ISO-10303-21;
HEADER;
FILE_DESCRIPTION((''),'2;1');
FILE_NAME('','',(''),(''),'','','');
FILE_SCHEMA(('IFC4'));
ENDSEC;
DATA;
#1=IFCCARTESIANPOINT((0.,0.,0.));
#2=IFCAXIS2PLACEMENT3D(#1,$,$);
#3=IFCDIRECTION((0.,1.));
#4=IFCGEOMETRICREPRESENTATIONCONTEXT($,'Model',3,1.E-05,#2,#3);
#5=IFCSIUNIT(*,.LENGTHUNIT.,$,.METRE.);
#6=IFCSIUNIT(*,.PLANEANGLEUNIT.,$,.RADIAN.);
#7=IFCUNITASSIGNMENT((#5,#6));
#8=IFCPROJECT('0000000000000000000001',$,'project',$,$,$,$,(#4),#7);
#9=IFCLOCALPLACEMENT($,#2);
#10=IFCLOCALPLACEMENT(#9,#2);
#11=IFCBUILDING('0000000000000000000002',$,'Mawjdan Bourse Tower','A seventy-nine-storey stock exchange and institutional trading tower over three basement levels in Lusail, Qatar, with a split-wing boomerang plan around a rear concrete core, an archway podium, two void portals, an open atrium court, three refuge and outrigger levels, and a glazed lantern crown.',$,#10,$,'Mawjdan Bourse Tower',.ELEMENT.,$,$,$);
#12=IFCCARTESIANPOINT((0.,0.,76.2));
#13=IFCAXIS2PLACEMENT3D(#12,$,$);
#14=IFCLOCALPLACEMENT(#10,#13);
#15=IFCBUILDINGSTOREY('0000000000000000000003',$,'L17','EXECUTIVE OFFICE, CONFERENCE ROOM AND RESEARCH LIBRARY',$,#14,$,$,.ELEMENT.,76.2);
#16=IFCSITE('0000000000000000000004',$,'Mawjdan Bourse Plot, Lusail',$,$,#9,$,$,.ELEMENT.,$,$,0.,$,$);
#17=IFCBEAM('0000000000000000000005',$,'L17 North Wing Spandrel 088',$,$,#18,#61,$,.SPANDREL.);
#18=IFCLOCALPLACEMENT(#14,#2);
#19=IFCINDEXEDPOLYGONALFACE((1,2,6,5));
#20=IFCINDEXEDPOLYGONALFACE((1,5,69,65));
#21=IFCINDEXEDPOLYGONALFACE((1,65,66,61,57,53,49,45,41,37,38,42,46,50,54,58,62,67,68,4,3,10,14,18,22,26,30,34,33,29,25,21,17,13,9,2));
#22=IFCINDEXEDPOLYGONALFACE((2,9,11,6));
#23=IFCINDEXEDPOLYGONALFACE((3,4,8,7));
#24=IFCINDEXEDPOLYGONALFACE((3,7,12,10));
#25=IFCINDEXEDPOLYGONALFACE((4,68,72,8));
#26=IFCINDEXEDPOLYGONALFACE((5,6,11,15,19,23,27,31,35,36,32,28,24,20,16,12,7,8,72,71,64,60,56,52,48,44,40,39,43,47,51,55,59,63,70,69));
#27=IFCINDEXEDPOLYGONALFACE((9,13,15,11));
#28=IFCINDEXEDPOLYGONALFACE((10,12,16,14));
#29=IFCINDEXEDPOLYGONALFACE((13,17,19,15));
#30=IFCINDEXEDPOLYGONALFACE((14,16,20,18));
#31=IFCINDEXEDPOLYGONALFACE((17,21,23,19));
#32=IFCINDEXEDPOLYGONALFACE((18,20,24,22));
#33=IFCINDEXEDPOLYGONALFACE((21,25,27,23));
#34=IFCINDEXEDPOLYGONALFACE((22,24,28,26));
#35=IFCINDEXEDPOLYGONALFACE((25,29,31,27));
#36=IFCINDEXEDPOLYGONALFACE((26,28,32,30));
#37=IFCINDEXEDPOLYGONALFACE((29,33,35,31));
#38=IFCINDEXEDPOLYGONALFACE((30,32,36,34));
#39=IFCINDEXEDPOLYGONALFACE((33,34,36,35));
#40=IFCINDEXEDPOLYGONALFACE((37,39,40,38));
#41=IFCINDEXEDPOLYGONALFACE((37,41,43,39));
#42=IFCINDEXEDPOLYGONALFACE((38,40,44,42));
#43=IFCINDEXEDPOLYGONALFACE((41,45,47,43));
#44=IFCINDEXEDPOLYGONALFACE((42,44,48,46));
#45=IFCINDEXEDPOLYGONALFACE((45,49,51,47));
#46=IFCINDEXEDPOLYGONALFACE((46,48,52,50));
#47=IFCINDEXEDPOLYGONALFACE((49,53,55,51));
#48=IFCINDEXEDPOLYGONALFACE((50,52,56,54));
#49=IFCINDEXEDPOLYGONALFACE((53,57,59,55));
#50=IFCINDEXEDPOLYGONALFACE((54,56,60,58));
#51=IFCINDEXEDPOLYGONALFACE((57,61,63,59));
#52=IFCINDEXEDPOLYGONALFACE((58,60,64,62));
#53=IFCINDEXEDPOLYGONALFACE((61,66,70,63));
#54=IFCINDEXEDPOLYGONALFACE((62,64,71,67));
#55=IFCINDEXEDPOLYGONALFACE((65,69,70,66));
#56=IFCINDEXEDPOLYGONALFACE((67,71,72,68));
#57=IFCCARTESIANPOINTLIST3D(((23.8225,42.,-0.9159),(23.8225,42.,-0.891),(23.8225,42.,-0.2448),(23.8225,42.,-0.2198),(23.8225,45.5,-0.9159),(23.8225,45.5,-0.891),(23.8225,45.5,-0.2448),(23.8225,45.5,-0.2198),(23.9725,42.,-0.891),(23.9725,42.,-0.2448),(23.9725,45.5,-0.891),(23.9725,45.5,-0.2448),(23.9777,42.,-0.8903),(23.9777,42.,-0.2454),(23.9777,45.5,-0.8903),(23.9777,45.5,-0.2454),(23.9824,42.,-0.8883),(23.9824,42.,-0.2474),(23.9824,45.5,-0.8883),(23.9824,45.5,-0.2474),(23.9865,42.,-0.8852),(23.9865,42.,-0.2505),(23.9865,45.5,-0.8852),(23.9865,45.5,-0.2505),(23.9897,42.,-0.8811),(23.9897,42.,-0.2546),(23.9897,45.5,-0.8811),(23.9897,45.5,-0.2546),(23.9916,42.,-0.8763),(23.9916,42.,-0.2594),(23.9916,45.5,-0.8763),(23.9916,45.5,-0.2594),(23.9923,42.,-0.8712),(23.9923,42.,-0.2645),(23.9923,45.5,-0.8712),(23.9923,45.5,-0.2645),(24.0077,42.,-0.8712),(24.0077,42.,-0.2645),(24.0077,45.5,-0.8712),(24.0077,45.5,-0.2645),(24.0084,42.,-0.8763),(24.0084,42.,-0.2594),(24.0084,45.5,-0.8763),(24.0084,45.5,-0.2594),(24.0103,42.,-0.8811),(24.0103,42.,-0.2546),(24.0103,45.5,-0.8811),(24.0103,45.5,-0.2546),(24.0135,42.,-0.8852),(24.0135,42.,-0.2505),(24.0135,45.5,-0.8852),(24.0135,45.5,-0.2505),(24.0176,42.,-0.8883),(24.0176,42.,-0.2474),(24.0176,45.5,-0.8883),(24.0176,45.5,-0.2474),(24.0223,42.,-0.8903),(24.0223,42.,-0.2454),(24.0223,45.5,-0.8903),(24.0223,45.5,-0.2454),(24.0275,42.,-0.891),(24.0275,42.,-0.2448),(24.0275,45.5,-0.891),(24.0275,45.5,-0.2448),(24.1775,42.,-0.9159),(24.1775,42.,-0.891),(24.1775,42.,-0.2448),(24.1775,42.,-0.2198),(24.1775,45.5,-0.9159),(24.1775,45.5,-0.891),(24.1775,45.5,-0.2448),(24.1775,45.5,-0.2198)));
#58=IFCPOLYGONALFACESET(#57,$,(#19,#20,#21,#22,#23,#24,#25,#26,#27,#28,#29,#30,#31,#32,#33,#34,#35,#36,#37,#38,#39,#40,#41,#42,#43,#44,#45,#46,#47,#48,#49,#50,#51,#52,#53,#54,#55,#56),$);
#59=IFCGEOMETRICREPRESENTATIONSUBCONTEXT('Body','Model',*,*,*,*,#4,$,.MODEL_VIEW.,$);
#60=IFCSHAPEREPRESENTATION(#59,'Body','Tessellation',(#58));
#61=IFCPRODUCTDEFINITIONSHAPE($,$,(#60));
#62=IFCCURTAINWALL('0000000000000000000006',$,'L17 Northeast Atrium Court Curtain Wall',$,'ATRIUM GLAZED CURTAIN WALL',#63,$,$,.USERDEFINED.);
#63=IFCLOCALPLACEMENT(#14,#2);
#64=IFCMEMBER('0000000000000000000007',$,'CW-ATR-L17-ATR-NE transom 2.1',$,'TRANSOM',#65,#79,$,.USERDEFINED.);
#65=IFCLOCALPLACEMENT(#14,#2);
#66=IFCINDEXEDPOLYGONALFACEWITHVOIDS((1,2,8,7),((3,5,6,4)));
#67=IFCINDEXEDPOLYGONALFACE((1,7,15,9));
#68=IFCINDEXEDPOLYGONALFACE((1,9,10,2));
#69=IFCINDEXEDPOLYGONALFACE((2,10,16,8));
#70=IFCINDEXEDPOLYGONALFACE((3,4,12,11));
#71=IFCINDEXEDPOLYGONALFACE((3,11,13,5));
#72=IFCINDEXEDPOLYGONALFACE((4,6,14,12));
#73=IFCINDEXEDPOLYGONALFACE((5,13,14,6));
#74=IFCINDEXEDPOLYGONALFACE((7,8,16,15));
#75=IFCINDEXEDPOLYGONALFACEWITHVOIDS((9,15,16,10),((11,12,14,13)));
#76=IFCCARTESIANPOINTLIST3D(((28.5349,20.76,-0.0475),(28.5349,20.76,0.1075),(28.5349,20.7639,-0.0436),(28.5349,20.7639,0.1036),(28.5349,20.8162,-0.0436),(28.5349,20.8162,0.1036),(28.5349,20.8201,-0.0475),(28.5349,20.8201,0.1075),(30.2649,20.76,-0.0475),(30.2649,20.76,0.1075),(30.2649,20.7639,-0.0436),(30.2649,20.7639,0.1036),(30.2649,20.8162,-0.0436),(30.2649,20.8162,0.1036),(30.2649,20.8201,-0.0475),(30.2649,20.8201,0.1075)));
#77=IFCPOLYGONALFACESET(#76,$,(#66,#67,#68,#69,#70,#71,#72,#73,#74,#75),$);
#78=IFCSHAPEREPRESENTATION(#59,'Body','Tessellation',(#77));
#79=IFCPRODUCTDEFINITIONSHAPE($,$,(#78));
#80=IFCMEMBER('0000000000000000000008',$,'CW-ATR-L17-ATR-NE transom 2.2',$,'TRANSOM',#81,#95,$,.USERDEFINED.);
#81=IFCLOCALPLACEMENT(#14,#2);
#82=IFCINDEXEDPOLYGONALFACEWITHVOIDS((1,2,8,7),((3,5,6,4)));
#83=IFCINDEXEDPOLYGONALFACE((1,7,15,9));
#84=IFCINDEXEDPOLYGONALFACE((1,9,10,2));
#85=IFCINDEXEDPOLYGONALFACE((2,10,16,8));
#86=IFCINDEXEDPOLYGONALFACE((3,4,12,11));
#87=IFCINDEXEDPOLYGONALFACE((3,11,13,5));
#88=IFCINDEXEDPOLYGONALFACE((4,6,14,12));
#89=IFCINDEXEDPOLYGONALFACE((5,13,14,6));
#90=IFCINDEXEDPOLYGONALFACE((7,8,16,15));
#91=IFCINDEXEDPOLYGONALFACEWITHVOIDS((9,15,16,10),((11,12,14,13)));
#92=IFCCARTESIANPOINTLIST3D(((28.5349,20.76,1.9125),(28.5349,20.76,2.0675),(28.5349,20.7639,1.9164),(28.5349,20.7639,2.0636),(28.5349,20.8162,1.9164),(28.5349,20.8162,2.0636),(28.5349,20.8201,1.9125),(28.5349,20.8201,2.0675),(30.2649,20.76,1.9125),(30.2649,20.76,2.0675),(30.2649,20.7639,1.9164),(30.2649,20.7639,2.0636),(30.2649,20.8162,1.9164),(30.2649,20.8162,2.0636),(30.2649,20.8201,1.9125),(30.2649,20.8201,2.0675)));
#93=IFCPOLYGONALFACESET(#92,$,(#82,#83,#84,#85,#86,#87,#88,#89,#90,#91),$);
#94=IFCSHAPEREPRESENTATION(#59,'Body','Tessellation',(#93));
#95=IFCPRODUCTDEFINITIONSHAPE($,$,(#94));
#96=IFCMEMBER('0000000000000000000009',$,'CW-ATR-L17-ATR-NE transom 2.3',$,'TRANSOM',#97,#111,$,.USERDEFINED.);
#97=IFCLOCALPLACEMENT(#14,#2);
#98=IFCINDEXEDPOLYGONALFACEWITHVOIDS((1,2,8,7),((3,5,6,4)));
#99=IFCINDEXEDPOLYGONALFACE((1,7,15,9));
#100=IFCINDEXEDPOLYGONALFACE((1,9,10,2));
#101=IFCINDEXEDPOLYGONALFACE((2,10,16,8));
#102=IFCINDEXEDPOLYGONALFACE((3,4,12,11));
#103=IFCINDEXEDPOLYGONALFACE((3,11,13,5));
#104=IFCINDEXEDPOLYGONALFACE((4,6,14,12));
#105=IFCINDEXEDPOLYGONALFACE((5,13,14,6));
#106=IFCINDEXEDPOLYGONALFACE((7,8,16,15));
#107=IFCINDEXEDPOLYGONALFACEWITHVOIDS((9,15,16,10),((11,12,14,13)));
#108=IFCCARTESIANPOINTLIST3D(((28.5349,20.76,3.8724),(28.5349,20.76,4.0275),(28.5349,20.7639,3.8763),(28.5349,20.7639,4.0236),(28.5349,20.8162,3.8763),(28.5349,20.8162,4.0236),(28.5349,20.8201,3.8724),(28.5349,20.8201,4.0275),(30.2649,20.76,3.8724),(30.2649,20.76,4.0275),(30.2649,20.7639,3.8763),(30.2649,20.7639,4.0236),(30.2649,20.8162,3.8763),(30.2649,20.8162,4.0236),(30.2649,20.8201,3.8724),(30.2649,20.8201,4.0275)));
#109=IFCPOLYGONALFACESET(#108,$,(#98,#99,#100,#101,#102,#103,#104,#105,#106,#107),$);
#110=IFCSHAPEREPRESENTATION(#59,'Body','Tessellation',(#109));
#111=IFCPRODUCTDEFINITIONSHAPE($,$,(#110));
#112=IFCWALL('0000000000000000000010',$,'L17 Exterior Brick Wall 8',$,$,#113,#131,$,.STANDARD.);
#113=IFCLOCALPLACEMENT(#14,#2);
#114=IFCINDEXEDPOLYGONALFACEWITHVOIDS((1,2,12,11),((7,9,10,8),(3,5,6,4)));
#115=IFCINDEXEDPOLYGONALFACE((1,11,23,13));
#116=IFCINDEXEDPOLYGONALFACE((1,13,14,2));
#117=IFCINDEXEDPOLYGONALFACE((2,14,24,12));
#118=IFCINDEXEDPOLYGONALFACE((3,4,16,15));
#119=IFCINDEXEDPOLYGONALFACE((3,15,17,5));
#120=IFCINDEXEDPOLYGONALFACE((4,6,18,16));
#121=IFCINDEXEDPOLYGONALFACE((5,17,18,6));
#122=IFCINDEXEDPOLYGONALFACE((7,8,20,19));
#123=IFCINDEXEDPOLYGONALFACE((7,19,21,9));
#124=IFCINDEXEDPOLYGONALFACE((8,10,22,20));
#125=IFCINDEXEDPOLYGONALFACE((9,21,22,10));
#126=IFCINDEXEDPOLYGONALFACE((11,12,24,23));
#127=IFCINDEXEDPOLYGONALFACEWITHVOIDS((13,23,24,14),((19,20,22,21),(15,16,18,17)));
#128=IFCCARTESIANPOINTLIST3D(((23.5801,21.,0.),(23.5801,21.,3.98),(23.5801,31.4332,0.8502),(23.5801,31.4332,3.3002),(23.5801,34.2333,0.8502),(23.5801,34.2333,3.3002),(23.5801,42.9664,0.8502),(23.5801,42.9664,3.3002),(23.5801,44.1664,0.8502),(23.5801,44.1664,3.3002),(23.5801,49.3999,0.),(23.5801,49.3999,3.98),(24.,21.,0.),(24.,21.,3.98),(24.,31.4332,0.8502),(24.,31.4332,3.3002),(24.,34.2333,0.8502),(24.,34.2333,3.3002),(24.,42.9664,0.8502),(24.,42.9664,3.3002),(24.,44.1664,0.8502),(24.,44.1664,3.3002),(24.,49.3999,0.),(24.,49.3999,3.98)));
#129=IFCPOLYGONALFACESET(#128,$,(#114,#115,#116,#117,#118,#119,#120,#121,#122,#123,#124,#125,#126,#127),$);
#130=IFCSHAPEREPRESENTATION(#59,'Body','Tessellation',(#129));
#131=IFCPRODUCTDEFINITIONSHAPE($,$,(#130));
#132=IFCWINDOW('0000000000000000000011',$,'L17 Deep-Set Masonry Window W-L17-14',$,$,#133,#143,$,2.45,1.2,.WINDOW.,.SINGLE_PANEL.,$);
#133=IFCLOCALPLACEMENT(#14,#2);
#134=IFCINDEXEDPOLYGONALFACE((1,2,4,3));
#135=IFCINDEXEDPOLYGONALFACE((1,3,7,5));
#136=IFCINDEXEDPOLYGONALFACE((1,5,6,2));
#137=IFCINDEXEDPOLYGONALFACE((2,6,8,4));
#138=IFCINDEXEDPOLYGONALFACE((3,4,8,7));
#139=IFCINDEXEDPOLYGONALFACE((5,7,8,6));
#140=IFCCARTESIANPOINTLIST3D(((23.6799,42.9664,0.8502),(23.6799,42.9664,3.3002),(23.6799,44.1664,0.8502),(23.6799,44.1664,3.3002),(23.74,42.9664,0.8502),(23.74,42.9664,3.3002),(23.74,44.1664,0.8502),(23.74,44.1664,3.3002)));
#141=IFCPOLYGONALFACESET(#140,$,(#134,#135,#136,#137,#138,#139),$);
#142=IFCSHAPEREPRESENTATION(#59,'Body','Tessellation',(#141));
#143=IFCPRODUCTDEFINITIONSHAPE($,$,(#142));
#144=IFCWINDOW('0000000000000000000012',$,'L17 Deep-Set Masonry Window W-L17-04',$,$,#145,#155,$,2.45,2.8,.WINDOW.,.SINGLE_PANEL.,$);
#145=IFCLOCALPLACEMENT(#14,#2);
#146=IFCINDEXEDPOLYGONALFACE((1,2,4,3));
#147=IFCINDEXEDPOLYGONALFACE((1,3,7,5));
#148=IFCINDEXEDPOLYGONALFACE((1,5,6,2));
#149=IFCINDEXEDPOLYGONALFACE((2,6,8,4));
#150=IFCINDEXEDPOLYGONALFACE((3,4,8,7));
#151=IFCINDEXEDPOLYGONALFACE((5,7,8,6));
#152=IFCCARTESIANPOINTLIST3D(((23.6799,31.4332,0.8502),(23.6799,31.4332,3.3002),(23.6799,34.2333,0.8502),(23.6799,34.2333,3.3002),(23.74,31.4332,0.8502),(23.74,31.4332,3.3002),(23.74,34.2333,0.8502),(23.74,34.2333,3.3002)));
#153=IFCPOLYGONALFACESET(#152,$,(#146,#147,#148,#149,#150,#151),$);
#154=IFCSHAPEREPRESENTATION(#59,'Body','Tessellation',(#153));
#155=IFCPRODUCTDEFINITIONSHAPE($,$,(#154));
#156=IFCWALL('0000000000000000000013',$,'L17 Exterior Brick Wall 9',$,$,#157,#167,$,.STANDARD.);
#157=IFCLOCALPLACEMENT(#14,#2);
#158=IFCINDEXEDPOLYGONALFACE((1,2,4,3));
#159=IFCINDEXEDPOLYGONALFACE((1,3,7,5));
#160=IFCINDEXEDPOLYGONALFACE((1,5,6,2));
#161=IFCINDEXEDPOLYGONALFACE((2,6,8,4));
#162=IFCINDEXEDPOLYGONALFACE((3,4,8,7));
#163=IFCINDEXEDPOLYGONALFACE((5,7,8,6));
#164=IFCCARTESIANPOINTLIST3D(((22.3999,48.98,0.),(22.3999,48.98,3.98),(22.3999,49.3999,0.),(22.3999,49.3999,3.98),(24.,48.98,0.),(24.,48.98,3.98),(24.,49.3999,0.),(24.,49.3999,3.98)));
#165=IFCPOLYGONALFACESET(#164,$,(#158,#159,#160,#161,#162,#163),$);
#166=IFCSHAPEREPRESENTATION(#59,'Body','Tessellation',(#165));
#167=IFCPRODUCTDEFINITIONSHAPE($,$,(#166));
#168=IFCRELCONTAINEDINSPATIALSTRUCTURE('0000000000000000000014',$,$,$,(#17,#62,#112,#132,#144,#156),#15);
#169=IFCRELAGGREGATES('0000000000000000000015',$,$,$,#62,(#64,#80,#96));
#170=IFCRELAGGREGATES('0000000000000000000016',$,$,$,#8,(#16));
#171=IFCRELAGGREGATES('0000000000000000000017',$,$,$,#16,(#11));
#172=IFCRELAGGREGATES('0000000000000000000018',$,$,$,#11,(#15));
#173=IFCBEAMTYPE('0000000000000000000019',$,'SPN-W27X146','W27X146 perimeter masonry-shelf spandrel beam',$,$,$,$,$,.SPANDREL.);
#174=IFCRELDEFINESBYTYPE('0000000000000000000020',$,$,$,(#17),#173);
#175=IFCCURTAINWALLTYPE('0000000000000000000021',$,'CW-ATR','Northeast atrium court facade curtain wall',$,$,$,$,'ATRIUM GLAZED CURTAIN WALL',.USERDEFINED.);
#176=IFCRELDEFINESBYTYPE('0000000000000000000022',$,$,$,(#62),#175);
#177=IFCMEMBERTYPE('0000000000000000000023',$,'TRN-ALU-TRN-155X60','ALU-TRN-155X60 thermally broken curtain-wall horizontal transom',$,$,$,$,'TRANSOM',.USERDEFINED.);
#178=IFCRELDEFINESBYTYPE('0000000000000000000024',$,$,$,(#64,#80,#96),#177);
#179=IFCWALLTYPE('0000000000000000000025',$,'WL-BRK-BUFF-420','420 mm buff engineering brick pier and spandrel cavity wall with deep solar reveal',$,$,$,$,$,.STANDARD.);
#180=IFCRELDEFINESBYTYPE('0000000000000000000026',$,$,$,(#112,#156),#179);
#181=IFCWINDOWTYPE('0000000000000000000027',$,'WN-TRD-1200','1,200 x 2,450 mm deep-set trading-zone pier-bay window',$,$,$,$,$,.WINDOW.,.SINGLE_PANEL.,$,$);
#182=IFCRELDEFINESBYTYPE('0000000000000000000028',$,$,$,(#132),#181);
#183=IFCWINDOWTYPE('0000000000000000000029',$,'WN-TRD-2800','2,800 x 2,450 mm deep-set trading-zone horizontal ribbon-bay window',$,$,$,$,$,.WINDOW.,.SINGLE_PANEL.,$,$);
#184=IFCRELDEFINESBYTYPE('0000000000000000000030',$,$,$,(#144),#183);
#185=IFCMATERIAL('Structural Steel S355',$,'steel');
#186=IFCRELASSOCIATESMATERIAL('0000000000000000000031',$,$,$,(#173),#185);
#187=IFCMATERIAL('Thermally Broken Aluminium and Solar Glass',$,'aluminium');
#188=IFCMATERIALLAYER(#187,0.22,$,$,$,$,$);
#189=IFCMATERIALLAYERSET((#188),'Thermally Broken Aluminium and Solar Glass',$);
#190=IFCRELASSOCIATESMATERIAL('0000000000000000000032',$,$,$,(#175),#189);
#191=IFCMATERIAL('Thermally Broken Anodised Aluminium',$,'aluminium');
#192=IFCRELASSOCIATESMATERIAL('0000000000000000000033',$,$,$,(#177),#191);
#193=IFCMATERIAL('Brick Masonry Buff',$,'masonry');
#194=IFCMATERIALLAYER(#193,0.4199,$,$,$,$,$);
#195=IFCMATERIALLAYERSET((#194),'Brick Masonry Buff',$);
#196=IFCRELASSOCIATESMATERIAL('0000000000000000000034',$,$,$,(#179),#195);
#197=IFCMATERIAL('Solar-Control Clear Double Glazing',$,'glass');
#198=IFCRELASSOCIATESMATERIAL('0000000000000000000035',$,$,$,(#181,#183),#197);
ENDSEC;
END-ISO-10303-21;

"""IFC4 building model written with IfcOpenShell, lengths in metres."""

from ifc_helpers import new_model, si_unit, direction, frame, frame_2d, origin, origin_2d, place, context, subcontext, project, spatial, rectangle, hollow_rectangle, i_section, extrude, material, layer, layer_set, material_profile, profile_set, type_object, element, fill, aggregate, save


model = new_model("IFC4")

# Units and contexts
model_context = context("Model", 3, precision=1e-05, world=origin(), true_north=direction((0.0, 1.0)))
body_context = subcontext(model_context, "Body", "Model", "MODEL_VIEW")
ifc_project = project(units=[si_unit("LENGTHUNIT", "METRE"), si_unit("PLANEANGLEUNIT", "RADIAN")], contexts=[model_context])

# Site, building, storey
site_placement = place(None, origin())
site = spatial("IfcSite", under=ifc_project, at=site_placement, Name="Mawjdan Bourse Plot, Lusail", CompositionType="ELEMENT", RefElevation=0.0)
building_placement = place(site_placement, origin())
building = spatial("IfcBuilding", under=site, at=building_placement, Name="Mawjdan Bourse Tower", Description="A seventy-nine-storey stock exchange and institutional trading tower over three basement levels in Lusail, Qatar, with a split-wing boomerang plan around a rear concrete core, an archway podium, two void portals, an open atrium court, three refuge and outrigger levels, and a glazed lantern crown.", LongName="Mawjdan Bourse Tower", CompositionType="ELEMENT")
storey_placement = place(building_placement, frame((0.0, 0.0, 76.2)))
storey = spatial("IfcBuildingStorey", under=building, at=storey_placement, Name="L17", Description="EXECUTIVE OFFICE, CONFERENCE ROOM AND RESEARCH LIBRARY", CompositionType="ELEMENT", Elevation=76.2)

# Beam
ifc_material_1 = material(Name="Structural Steel S355", Category="steel")
ifc_material_profile_1 = material_profile(ifc_material_1, i_section(OverallWidth=0.355, OverallDepth=0.696, WebThickness=0.0154, FlangeThickness=0.0249, FilletRadius=0.0198, at=origin_2d()), Name="W27X146")
ifc_profile_set_1 = profile_set([ifc_material_profile_1], Name="Structural Steel S355")
beam_type = type_object("IfcBeamType", Name="SPN-W27X146", Description="W27X146 perimeter masonry-shelf spandrel beam", PredefinedType="SPANDREL", material=ifc_profile_set_1)
beam_1_placement = place(storey_placement, frame((24.0, 42.0, -0.5679), z_axis=(0.0, 1.0, 0.0), x_axis=(-1.0, 0.0, 0.0)))
element("IfcBeam", 1, at=beam_1_placement, inside=storey, type_object=beam_type, Name="L17 North Wing Spandrel 088", PredefinedType="SPANDREL", context=body_context, shape_type="SweptSolid", body=[
    extrude(i_section(OverallWidth=0.355, OverallDepth=0.696, WebThickness=0.0154, FlangeThickness=0.0249, FilletRadius=0.0198, at=origin_2d()), origin(), (0.0, 0.0, 1.0), 3.5),
])

# Curtain wall, members
ifc_material_2 = material(Name="Thermally Broken Aluminium and Solar Glass", Category="aluminium")
ifc_layer_1 = layer(ifc_material_2, 0.22)
ifc_layer_set_1 = layer_set([ifc_layer_1], Name="Thermally Broken Aluminium and Solar Glass")
curtain_wall_type = type_object("IfcCurtainWallType", Name="CW-ATR", Description="Northeast atrium court facade curtain wall", ElementType="ATRIUM GLAZED CURTAIN WALL", PredefinedType="USERDEFINED", material=ifc_layer_set_1)
curtain_wall_placement = place(storey_placement, origin())
curtain_wall = element("IfcCurtainWall", 2, at=curtain_wall_placement, inside=storey, type_object=curtain_wall_type, Name="L17 Northeast Atrium Court Curtain Wall", ObjectType="ATRIUM GLAZED CURTAIN WALL", PredefinedType="USERDEFINED")
ifc_material_3 = material(Name="Thermally Broken Anodised Aluminium", Category="aluminium")
ifc_material_profile_2 = material_profile(ifc_material_3, hollow_rectangle(XDim=0.0601, YDim=0.155, WallThickness=0.0039, at=origin_2d()), Name="ALU-TRN-155X60")
ifc_profile_set_2 = profile_set([ifc_material_profile_2], Name="Thermally Broken Anodised Aluminium")
member_type = type_object("IfcMemberType", Name="TRN-ALU-TRN-155X60", Description="ALU-TRN-155X60 thermally broken curtain-wall horizontal transom", ElementType="TRANSOM", PredefinedType="USERDEFINED", material=ifc_profile_set_2)
member_1_placement = place(storey_placement, frame((30.2649, 20.79, 0.03), z_axis=(-1.0, 0.0, 0.0), x_axis=(0.0, -1.0, 0.0)))
member_1 = element("IfcMember", 3, at=member_1_placement, type_object=member_type, Name="CW-ATR-L17-ATR-NE transom 2.1", ObjectType="TRANSOM", PredefinedType="USERDEFINED", context=body_context, shape_type="SweptSolid", body=[
    extrude(hollow_rectangle(XDim=0.0601, YDim=0.155, WallThickness=0.0039, at=origin_2d()), origin(), (0.0, 0.0, 1.0), 1.73),
])
member_2_placement = place(storey_placement, frame((30.2649, 20.79, 1.99), z_axis=(-1.0, 0.0, 0.0), x_axis=(0.0, -1.0, 0.0)))
member_2 = element("IfcMember", 4, at=member_2_placement, type_object=member_type, Name="CW-ATR-L17-ATR-NE transom 2.2", ObjectType="TRANSOM", PredefinedType="USERDEFINED", context=body_context, shape_type="SweptSolid", body=[
    extrude(hollow_rectangle(XDim=0.0601, YDim=0.155, WallThickness=0.0039, at=origin_2d()), origin(), (0.0, 0.0, 1.0), 1.73),
])
member_3_placement = place(storey_placement, frame((30.2649, 20.79, 3.95), z_axis=(-1.0, 0.0, 0.0), x_axis=(0.0, -1.0, 0.0)))
member_3 = element("IfcMember", 5, at=member_3_placement, type_object=member_type, Name="CW-ATR-L17-ATR-NE transom 2.3", ObjectType="TRANSOM", PredefinedType="USERDEFINED", context=body_context, shape_type="SweptSolid", body=[
    extrude(hollow_rectangle(XDim=0.0601, YDim=0.155, WallThickness=0.0039, at=origin_2d()), origin(), (0.0, 0.0, 1.0), 1.73),
])
aggregate(curtain_wall, [member_1, member_2, member_3])

# Wall, openings, windows
ifc_material_4 = material(Name="Brick Masonry Buff", Category="masonry")
ifc_layer_2 = layer(ifc_material_4, 0.4199)
ifc_layer_set_2 = layer_set([ifc_layer_2], Name="Brick Masonry Buff")
wall_type = type_object("IfcWallType", Name="WL-BRK-BUFF-420", Description="420 mm buff engineering brick pier and spandrel cavity wall with deep solar reveal", PredefinedType="STANDARD", material=ifc_layer_set_2)
wall_1_placement = place(storey_placement, frame((23.79, 21.0, 0.0), z_axis=(0.0, 0.0, 1.0), x_axis=(0.0, 1.0, 0.0)))
wall_1 = element("IfcWall", 6, at=wall_1_placement, inside=storey, type_object=wall_type, Name="L17 Exterior Brick Wall 8", PredefinedType="STANDARD", context=body_context, shape_type="SweptSolid", body=[
    extrude(rectangle(XDim=28.3999, YDim=0.4199, at=frame_2d((14.2, 0.0))), origin(), (0.0, 0.0, 1.0), 3.98),
])
opening_1_placement = place(wall_1_placement, frame((10.4333, 0.0, 0.8501)))
opening_1 = element("IfcOpeningElement", 7, at=opening_1_placement, cuts=wall_1, PredefinedType="OPENING", context=body_context, shape_type="SweptSolid", body=[
    extrude(rectangle(XDim=2.8, YDim=2.45, at=frame_2d((1.3999, 1.2251))), frame((0.0, 0.22, 0.0), z_axis=(0.0, -1.0, 0.0), x_axis=(1.0, 0.0, 0.0)), (0.0, 0.0, 1.0), 0.4399),
])
opening_2_placement = place(wall_1_placement, frame((21.9663, 0.0, 0.8501)))
opening_2 = element("IfcOpeningElement", 8, at=opening_2_placement, cuts=wall_1, PredefinedType="OPENING", context=body_context, shape_type="SweptSolid", body=[
    extrude(rectangle(XDim=1.2, YDim=2.45, at=frame_2d((0.6001, 1.2251))), frame((0.0, 0.22, 0.0), z_axis=(0.0, -1.0, 0.0), x_axis=(1.0, 0.0, 0.0)), (0.0, 0.0, 1.0), 0.4399),
])
ifc_material_5 = material(Name="Solar-Control Clear Double Glazing", Category="glass")
window_type_1 = type_object("IfcWindowType", Name="WN-TRD-1200", Description="1,200 x 2,450 mm deep-set trading-zone pier-bay window", PartitioningType="SINGLE_PANEL", PredefinedType="WINDOW", material=ifc_material_5)
window_1_placement = place(opening_2_placement, origin())
window_1 = element("IfcWindow", 9, at=window_1_placement, inside=storey, type_object=window_type_1, Name="L17 Deep-Set Masonry Window W-L17-14", OverallHeight=2.45, OverallWidth=1.2, PartitioningType="SINGLE_PANEL", PredefinedType="WINDOW", context=body_context, shape_type="SweptSolid", body=[
    extrude(rectangle(XDim=1.2, YDim=2.45, at=frame_2d((0.6001, 1.2251))), frame((0.0, 0.1101, 0.0), z_axis=(0.0, -1.0, 0.0), x_axis=(1.0, 0.0, 0.0)), (0.0, 0.0, 1.0), 0.0601),
])
fill(opening_2, window_1)
window_type_2 = type_object("IfcWindowType", Name="WN-TRD-2800", Description="2,800 x 2,450 mm deep-set trading-zone horizontal ribbon-bay window", PartitioningType="SINGLE_PANEL", PredefinedType="WINDOW", material=ifc_material_5)
window_2_placement = place(opening_1_placement, origin())
window_2 = element("IfcWindow", 10, at=window_2_placement, inside=storey, type_object=window_type_2, Name="L17 Deep-Set Masonry Window W-L17-04", OverallHeight=2.45, OverallWidth=2.8, PartitioningType="SINGLE_PANEL", PredefinedType="WINDOW", context=body_context, shape_type="SweptSolid", body=[
    extrude(rectangle(XDim=2.8, YDim=2.45, at=frame_2d((1.3999, 1.2251))), frame((0.0, 0.1101, 0.0), z_axis=(0.0, -1.0, 0.0), x_axis=(1.0, 0.0, 0.0)), (0.0, 0.0, 1.0), 0.0601),
])
fill(opening_1, window_2)

# Wall
wall_2_placement = place(storey_placement, frame((24.0, 49.1899, 0.0), z_axis=(0.0, 0.0, 1.0), x_axis=(-1.0, 0.0, 0.0)))
element("IfcWall", 11, at=wall_2_placement, inside=storey, type_object=wall_type, Name="L17 Exterior Brick Wall 9", PredefinedType="STANDARD", context=body_context, shape_type="SweptSolid", body=[
    extrude(rectangle(XDim=1.6001, YDim=0.4199, at=frame_2d((0.8, 0.0))), origin(), (0.0, 0.0, 1.0), 3.98),
])

save(model, "model.ifc")
